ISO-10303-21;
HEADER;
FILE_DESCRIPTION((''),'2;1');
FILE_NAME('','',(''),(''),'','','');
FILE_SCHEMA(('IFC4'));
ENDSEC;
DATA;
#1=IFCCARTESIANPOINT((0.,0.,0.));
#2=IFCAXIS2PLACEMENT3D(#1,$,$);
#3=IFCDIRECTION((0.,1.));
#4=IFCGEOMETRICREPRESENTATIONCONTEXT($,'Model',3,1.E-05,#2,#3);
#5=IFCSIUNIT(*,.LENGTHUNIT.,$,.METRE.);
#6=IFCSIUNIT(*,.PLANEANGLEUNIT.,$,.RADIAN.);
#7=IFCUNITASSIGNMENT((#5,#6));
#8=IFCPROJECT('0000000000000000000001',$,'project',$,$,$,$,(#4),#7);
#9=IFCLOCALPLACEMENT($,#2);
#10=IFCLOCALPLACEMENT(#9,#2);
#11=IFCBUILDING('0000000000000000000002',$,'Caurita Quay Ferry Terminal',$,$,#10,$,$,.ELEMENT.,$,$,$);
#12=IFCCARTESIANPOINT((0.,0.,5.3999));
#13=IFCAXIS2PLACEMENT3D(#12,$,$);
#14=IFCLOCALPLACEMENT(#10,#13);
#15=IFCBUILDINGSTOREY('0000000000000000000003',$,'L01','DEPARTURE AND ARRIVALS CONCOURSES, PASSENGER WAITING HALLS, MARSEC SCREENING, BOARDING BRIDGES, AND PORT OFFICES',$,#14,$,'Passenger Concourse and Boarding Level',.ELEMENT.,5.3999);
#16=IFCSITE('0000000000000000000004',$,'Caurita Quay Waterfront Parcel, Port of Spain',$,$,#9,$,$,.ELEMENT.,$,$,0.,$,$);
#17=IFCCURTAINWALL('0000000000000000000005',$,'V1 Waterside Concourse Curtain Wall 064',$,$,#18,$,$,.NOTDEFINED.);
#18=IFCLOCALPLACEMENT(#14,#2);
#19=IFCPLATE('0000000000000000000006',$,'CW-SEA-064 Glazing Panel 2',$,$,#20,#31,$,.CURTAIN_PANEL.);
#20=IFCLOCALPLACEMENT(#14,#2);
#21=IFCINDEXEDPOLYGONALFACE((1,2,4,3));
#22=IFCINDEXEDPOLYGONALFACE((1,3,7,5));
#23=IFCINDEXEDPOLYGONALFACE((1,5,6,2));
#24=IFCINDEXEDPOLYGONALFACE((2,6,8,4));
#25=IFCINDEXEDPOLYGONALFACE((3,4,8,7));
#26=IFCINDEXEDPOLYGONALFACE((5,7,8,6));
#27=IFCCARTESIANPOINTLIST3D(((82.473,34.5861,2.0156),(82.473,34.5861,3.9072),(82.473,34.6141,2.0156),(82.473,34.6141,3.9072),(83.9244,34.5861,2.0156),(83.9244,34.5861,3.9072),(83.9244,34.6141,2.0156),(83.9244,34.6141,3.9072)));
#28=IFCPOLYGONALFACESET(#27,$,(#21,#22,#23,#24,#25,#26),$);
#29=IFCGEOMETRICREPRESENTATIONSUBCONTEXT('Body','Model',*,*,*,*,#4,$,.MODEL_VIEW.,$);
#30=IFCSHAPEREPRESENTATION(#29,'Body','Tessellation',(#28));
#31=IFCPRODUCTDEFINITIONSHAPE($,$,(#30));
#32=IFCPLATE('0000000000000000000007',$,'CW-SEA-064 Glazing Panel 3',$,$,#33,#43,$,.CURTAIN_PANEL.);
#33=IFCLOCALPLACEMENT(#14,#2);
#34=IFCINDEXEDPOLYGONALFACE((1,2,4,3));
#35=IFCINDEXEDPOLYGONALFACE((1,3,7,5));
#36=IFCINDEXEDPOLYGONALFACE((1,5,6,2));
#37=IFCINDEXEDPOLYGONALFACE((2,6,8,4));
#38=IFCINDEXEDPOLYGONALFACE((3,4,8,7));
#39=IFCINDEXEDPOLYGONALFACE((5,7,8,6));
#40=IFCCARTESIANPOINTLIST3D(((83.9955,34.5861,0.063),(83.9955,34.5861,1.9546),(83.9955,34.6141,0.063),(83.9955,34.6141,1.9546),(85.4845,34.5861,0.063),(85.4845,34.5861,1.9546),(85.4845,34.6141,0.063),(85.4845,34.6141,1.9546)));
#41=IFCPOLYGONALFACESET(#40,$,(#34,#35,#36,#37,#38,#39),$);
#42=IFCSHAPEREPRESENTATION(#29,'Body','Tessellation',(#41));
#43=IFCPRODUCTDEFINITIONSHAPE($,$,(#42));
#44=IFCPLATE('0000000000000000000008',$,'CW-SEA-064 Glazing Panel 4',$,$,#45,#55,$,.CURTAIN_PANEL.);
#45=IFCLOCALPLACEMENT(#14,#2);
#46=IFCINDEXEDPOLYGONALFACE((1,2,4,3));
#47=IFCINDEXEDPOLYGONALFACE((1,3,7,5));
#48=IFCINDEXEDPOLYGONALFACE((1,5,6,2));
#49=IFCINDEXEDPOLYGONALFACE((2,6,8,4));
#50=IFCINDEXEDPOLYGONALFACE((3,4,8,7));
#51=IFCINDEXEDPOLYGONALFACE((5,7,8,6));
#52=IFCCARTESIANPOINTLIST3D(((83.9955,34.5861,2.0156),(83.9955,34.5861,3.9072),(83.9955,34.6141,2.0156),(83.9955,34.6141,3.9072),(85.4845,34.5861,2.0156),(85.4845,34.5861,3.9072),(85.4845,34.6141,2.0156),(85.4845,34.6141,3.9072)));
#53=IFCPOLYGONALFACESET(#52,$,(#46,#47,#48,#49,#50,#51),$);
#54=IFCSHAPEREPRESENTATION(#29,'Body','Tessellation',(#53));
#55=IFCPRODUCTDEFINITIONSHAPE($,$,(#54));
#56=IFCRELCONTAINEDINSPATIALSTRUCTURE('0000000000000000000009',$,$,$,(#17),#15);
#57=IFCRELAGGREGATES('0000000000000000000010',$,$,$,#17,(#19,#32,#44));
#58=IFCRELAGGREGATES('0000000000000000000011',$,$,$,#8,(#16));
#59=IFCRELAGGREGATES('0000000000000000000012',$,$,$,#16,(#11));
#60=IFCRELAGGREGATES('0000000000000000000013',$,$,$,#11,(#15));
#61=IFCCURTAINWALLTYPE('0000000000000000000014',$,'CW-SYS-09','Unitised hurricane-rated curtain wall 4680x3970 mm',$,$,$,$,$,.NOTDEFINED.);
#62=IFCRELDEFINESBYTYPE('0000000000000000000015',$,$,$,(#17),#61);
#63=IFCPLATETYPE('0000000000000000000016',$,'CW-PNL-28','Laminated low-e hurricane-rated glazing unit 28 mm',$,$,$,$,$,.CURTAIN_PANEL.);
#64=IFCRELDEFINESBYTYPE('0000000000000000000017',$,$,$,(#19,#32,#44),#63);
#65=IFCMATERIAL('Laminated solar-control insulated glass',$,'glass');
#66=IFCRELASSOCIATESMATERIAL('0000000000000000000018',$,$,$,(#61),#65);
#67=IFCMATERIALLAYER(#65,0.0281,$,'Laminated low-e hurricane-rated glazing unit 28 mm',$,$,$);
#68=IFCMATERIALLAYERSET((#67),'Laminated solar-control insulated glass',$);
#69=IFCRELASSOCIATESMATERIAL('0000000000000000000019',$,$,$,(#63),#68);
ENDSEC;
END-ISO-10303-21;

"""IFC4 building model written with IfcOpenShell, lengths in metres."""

from ifc_helpers import new_model, si_unit, direction, frame, origin, origin_2d, place, context, subcontext, project, spatial, rectangle, extrude, material, layer, layer_set, type_object, element, aggregate, save


model = new_model("IFC4")

# Units and contexts
model_context = context("Model", 3, precision=1e-05, world=origin(), true_north=direction((0.0, 1.0)))
body_context = subcontext(model_context, "Body", "Model", "MODEL_VIEW")
ifc_project = project(units=[si_unit("LENGTHUNIT", "METRE"), si_unit("PLANEANGLEUNIT", "RADIAN")], contexts=[model_context])

# Site, building, storey
site_placement = place(None, origin())
site = spatial("IfcSite", under=ifc_project, at=site_placement, Name="Caurita Quay Waterfront Parcel, Port of Spain", CompositionType="ELEMENT", RefElevation=0.0)
building_placement = place(site_placement, origin())
building = spatial("IfcBuilding", under=site, at=building_placement, Name="Caurita Quay Ferry Terminal", CompositionType="ELEMENT")
storey_placement = place(building_placement, frame((0.0, 0.0, 5.3999)))
storey = spatial("IfcBuildingStorey", under=building, at=storey_placement, Name="L01", Description="DEPARTURE AND ARRIVALS CONCOURSES, PASSENGER WAITING HALLS, MARSEC SCREENING, BOARDING BRIDGES, AND PORT OFFICES", LongName="Passenger Concourse and Boarding Level", CompositionType="ELEMENT", Elevation=5.3999)

# Curtain wall
ifc_material_1 = material(Name="Laminated solar-control insulated glass", Category="glass")
curtain_wall_type = type_object("IfcCurtainWallType", Name="CW-SYS-09", Description="Unitised hurricane-rated curtain wall 4680x3970 mm", PredefinedType="NOTDEFINED", material=ifc_material_1)
curtain_wall_1_placement = place(storey_placement, origin())
curtain_wall_1 = element("IfcCurtainWall", 1, at=curtain_wall_1_placement, inside=storey, type_object=curtain_wall_type, Name="V1 Waterside Concourse Curtain Wall 064", PredefinedType="NOTDEFINED")

# Plates
ifc_layer = layer(ifc_material_1, 0.0281, Name="Laminated low-e hurricane-rated glazing unit 28 mm")
ifc_layer_set = layer_set([ifc_layer], Name="Laminated solar-control insulated glass")
plate_type = type_object("IfcPlateType", Name="CW-PNL-28", Description="Laminated low-e hurricane-rated glazing unit 28 mm", PredefinedType="CURTAIN_PANEL", material=ifc_layer_set)
plate_1_placement = place(storey_placement, frame((83.1987, 34.6001, 2.0156), z_axis=(0.0, 0.0, 1.0), x_axis=(1.0, 0.0, 0.0)))
plate_1 = element("IfcPlate", 2, at=plate_1_placement, type_object=plate_type, Name="CW-SEA-064 Glazing Panel 2", PredefinedType="CURTAIN_PANEL", context=body_context, shape_type="SweptSolid", body=[
    extrude(rectangle(XDim=1.4514, YDim=0.0281, at=origin_2d()), origin(), (0.0, 0.0, 1.0), 1.8916),
])
plate_2_placement = place(storey_placement, frame((84.74, 34.6001, 0.063), z_axis=(0.0, 0.0, 1.0), x_axis=(1.0, 0.0, 0.0)))
plate_2 = element("IfcPlate", 3, at=plate_2_placement, type_object=plate_type, Name="CW-SEA-064 Glazing Panel 3", PredefinedType="CURTAIN_PANEL", context=body_context, shape_type="SweptSolid", body=[
    extrude(rectangle(XDim=1.489, YDim=0.0281, at=origin_2d()), origin(), (0.0, 0.0, 1.0), 1.8916),
])
plate_3_placement = place(storey_placement, frame((84.74, 34.6001, 2.0156), z_axis=(0.0, 0.0, 1.0), x_axis=(1.0, 0.0, 0.0)))
plate_3 = element("IfcPlate", 4, at=plate_3_placement, type_object=plate_type, Name="CW-SEA-064 Glazing Panel 4", PredefinedType="CURTAIN_PANEL", context=body_context, shape_type="SweptSolid", body=[
    extrude(rectangle(XDim=1.489, YDim=0.0281, at=origin_2d()), origin(), (0.0, 0.0, 1.0), 1.8916),
])
aggregate(curtain_wall_1, [plate_1, plate_2, plate_3])

save(model, "model.ifc")
